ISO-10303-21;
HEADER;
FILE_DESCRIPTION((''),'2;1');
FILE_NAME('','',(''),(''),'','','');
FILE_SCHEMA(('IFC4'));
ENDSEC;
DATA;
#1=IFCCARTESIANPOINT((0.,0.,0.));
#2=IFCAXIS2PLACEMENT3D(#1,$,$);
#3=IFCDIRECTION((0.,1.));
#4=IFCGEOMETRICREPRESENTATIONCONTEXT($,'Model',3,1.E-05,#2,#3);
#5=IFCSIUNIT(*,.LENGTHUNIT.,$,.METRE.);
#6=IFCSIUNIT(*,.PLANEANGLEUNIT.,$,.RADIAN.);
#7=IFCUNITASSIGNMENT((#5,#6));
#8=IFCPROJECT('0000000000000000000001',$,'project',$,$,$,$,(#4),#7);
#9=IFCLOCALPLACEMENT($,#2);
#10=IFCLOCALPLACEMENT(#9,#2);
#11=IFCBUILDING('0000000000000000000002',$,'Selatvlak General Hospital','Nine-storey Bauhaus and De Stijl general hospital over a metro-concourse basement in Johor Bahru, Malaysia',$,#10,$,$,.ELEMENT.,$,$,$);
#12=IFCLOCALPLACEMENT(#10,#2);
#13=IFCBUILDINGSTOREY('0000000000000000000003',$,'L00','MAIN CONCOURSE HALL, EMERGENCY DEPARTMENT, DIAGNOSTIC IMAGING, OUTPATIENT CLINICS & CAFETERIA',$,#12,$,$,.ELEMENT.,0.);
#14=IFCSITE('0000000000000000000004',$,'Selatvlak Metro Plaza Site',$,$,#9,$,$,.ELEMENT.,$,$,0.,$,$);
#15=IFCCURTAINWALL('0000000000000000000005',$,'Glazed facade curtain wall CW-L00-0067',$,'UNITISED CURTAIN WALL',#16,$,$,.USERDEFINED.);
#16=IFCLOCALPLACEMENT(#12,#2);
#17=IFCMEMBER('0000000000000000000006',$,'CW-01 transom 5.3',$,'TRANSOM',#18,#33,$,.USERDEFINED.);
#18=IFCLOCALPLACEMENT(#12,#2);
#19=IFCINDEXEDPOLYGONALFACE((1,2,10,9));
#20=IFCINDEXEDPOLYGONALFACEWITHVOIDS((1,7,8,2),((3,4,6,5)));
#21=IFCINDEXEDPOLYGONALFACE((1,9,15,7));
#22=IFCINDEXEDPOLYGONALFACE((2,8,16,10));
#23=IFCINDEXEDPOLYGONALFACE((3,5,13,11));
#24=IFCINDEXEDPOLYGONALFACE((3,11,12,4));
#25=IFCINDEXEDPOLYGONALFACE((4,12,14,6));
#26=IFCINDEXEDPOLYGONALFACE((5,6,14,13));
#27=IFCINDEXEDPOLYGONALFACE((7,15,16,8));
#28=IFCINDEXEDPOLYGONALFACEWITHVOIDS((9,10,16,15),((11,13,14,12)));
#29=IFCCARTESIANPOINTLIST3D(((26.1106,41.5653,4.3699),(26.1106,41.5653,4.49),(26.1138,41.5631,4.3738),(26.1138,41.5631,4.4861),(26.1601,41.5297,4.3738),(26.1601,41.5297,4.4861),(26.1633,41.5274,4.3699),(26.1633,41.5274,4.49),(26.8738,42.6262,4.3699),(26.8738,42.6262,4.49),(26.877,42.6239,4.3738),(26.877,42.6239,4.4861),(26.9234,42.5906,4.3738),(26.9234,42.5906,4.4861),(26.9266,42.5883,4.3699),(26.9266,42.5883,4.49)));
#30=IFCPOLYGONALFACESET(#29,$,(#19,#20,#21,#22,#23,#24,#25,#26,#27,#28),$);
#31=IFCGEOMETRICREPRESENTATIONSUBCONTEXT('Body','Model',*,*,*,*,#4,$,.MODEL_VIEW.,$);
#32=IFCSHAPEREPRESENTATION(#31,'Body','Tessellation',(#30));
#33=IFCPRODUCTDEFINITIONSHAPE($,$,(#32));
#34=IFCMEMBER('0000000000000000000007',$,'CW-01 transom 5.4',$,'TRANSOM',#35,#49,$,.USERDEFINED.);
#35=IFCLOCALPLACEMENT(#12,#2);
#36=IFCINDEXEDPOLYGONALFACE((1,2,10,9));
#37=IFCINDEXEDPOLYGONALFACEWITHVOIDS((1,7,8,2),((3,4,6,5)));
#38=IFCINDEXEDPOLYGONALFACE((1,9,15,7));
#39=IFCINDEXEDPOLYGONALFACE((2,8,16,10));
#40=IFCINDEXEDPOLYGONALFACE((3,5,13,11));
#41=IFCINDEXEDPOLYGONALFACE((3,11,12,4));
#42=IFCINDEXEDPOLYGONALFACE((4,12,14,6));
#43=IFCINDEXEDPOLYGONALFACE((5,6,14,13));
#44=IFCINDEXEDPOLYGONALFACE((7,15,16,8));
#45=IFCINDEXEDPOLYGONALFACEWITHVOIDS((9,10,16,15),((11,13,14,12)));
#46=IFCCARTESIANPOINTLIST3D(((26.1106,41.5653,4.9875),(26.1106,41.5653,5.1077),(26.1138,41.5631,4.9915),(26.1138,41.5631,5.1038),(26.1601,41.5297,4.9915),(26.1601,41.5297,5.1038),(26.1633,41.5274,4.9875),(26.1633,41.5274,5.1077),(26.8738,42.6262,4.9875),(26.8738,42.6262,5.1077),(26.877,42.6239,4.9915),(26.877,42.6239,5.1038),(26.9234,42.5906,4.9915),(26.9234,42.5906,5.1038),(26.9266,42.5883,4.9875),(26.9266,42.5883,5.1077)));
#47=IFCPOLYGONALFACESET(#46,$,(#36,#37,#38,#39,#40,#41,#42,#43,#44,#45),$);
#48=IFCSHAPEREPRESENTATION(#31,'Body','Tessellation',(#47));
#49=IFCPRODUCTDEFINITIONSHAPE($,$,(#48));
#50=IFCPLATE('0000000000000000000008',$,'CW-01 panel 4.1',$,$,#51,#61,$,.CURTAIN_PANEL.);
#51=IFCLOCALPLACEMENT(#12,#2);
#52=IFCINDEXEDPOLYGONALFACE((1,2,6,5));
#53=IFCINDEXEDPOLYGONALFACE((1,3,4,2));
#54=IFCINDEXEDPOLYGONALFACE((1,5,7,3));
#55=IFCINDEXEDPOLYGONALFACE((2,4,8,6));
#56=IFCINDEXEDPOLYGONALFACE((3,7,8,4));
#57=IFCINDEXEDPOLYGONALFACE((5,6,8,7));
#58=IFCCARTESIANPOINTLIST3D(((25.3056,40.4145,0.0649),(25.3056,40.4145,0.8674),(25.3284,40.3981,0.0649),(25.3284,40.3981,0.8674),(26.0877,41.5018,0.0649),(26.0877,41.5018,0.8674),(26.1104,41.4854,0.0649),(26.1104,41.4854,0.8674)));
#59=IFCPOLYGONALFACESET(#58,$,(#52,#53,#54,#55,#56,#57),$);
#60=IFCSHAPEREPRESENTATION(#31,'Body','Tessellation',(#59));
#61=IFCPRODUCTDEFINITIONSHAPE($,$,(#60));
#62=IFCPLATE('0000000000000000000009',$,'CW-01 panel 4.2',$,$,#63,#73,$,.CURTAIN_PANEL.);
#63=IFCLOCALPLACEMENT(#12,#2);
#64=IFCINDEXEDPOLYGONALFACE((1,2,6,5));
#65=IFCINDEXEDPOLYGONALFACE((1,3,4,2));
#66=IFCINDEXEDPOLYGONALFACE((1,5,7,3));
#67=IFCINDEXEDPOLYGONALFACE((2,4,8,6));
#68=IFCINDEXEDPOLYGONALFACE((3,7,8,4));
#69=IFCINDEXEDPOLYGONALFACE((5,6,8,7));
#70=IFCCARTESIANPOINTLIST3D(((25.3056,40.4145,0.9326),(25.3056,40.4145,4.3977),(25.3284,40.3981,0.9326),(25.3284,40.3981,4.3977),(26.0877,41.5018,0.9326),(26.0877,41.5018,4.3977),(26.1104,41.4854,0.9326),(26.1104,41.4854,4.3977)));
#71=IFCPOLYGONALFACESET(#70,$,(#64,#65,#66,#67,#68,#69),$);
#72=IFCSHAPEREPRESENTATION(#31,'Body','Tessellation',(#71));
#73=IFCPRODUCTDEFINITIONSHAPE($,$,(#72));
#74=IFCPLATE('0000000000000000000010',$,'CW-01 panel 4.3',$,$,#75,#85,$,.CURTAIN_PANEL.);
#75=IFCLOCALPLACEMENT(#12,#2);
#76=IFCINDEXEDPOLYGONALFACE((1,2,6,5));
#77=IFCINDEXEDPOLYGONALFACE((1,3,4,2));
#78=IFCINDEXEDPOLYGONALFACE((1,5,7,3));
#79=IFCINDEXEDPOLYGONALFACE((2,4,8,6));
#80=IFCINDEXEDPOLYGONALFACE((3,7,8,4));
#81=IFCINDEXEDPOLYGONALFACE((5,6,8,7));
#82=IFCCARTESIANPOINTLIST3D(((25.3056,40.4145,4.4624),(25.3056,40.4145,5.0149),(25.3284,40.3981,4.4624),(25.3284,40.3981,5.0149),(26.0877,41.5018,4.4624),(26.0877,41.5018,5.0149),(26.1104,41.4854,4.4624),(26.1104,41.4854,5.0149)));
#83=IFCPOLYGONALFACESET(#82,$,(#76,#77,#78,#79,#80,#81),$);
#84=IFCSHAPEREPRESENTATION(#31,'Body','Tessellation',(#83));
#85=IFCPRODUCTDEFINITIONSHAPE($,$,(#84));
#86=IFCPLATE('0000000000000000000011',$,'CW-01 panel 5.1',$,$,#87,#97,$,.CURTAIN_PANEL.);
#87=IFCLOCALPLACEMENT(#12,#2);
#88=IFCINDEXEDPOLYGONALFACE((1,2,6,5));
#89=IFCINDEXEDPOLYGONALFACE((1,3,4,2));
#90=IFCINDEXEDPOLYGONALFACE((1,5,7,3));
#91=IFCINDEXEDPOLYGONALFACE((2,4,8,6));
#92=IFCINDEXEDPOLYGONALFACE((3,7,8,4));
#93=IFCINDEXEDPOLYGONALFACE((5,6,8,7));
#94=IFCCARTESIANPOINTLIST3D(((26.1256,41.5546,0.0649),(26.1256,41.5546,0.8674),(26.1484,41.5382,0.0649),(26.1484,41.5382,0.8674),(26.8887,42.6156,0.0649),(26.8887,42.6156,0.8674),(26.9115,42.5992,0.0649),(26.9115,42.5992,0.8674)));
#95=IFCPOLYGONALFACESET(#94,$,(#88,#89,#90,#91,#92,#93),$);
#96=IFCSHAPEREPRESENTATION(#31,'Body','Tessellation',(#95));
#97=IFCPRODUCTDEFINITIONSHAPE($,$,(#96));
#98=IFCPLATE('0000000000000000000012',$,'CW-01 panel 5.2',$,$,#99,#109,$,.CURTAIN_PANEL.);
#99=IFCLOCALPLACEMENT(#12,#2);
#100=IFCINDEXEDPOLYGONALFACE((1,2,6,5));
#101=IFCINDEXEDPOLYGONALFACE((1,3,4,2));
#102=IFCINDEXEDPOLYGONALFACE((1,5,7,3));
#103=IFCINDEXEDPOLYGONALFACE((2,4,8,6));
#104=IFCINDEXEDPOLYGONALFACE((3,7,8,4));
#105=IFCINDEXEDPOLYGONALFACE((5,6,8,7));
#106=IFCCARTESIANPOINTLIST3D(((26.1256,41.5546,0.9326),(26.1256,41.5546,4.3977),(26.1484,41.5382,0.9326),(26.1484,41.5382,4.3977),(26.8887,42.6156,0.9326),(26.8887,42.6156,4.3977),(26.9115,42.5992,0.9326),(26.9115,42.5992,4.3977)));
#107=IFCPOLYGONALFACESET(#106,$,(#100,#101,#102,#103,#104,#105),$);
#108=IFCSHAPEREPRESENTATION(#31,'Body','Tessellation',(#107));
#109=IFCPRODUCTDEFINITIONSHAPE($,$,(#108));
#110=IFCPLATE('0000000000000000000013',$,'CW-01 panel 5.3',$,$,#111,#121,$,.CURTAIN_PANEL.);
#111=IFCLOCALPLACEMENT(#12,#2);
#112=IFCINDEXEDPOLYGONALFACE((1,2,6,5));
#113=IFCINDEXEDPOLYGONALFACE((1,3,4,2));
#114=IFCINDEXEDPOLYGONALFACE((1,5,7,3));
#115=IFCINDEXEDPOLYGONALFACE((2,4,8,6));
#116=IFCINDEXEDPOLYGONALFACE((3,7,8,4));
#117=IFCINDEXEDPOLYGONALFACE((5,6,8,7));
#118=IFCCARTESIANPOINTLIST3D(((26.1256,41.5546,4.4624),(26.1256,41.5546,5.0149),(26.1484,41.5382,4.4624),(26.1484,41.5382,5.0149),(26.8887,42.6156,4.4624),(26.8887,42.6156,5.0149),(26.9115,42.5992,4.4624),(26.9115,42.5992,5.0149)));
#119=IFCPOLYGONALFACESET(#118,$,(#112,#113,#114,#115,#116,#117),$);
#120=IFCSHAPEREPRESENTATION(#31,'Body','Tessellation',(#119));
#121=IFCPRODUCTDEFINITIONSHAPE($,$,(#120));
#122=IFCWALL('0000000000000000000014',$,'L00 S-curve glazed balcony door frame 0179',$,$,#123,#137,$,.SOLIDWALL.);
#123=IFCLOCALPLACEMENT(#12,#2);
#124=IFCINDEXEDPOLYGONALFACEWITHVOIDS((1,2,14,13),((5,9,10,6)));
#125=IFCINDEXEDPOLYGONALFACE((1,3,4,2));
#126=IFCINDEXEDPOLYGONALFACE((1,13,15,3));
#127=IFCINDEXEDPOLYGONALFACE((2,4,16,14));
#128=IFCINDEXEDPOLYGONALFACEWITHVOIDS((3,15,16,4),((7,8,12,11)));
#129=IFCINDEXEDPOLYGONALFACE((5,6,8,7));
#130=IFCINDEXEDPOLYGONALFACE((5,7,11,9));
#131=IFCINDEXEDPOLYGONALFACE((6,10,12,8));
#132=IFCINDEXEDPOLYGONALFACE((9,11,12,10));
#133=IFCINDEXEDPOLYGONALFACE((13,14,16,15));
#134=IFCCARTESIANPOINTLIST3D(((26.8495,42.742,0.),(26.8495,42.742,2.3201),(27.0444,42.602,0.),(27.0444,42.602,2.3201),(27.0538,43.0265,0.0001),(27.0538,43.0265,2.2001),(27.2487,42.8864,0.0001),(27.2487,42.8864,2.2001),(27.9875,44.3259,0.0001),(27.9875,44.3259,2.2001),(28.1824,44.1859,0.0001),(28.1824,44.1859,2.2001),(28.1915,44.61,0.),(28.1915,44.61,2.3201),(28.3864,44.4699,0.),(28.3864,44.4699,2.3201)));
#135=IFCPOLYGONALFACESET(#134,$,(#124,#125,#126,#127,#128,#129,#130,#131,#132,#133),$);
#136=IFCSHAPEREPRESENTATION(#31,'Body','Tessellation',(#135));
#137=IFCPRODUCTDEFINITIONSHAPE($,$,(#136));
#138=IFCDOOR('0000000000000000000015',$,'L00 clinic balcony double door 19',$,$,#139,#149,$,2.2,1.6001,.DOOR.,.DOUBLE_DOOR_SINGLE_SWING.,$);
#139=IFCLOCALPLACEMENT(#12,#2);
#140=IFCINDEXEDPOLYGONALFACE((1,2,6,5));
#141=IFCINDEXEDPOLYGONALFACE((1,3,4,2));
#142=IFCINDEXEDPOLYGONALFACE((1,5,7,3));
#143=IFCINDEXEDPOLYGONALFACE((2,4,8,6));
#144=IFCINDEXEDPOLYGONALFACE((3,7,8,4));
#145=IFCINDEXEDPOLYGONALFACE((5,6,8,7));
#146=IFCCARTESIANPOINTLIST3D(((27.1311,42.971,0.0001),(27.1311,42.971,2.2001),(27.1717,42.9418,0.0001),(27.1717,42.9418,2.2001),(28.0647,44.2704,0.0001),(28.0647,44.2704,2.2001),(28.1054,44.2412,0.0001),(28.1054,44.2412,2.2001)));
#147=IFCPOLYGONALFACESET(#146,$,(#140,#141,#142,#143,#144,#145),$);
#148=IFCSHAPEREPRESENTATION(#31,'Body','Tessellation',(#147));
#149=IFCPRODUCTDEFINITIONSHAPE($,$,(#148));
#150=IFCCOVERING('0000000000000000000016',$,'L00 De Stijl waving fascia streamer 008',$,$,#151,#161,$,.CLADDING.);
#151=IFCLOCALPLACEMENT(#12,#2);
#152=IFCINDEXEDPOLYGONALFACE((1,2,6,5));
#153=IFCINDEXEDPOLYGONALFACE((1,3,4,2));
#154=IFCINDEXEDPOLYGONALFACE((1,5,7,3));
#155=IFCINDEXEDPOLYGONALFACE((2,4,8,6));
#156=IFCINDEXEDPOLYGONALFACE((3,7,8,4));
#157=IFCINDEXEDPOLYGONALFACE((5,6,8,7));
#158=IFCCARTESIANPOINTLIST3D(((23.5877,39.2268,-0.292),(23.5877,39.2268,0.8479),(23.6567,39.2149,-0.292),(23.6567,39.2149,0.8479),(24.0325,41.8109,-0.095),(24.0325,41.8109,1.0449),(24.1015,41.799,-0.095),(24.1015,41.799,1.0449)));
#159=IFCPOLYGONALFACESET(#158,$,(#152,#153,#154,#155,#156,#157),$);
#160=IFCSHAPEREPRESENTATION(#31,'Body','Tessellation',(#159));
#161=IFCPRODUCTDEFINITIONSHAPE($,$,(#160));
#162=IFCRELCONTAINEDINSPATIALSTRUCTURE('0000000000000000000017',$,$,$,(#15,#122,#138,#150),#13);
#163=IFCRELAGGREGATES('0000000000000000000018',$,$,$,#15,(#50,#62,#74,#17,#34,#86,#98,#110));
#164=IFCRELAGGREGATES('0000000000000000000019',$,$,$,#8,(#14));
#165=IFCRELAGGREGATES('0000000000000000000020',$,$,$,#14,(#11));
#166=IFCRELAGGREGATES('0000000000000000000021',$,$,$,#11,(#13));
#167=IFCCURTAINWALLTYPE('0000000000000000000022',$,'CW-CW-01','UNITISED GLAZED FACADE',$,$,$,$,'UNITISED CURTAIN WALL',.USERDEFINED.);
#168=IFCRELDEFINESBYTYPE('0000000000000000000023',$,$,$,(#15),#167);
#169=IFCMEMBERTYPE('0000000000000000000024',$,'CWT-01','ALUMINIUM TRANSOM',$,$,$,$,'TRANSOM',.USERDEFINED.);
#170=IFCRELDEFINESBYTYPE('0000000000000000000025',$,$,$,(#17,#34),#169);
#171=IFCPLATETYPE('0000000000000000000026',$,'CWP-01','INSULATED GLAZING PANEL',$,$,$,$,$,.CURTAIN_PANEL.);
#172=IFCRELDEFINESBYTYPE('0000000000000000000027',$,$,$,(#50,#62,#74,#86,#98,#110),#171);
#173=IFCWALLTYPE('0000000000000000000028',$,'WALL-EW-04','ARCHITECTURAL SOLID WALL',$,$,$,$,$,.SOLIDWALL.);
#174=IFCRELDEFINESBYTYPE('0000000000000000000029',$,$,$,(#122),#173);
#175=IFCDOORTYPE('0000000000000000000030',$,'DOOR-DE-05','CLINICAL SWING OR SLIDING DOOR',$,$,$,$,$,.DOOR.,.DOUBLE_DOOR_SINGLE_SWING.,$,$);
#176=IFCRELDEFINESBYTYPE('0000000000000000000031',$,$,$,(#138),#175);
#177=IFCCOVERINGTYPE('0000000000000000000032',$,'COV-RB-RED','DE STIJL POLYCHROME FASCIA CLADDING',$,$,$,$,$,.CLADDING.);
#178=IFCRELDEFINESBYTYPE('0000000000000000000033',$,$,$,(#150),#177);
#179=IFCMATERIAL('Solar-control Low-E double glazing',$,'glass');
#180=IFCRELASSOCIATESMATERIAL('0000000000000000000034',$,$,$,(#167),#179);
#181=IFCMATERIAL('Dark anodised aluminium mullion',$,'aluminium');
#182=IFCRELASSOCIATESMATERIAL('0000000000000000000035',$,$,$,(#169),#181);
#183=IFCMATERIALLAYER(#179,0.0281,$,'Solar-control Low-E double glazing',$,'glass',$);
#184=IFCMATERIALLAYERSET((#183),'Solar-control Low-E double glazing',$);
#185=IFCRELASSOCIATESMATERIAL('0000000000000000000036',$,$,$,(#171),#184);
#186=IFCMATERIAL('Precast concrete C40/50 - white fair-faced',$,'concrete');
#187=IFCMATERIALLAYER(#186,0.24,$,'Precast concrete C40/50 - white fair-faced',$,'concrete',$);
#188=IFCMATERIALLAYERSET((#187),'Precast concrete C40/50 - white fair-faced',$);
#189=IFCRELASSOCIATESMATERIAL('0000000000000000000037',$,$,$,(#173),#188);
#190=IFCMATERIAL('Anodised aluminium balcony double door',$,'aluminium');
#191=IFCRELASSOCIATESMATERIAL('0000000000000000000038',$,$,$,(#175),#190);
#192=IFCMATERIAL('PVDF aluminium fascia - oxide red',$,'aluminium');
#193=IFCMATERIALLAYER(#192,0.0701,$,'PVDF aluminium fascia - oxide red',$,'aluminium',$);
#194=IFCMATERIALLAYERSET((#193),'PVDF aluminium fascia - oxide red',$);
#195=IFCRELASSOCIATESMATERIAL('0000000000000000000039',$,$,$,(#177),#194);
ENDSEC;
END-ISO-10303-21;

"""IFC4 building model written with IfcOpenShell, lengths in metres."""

from ifc_helpers import new_model, si_unit, direction, frame, frame_2d, origin, origin_2d, place, context, subcontext, project, spatial, polyline, rectangle, hollow_rectangle, outline, extrude, material, layer, layer_set, material_profile, profile_set, type_object, element, fill, aggregate, save


model = new_model("IFC4")

# Units and contexts
model_context = context("Model", 3, precision=1e-05, world=origin(), true_north=direction((0.0, 1.0)))
body_context = subcontext(model_context, "Body", "Model", "MODEL_VIEW")
ifc_project = project(units=[si_unit("LENGTHUNIT", "METRE"), si_unit("PLANEANGLEUNIT", "RADIAN")], contexts=[model_context])

# Site, building, storey
site_placement = place(None, origin())
site = spatial("IfcSite", under=ifc_project, at=site_placement, Name="Selatvlak Metro Plaza Site", CompositionType="ELEMENT", RefElevation=0.0)
building_placement = place(site_placement, origin())
building = spatial("IfcBuilding", under=site, at=building_placement, Name="Selatvlak General Hospital", Description="Nine-storey Bauhaus and De Stijl general hospital over a metro-concourse basement in Johor Bahru, Malaysia", CompositionType="ELEMENT")
storey_placement = place(building_placement, origin())
storey = spatial("IfcBuildingStorey", under=building, at=storey_placement, Name="L00", Description="MAIN CONCOURSE HALL, EMERGENCY DEPARTMENT, DIAGNOSTIC IMAGING, OUTPATIENT CLINICS & CAFETERIA", CompositionType="ELEMENT", Elevation=0.0)

# Shared definitions
ifc_material_1 = material(Name="Solar-control Low-E double glazing", Category="glass")
ifc_material_2 = material(Name="Dark anodised aluminium mullion", Category="aluminium")

# Curtain wall
curtain_wall_type_1 = type_object("IfcCurtainWallType", Name="CW-CW-01", Description="UNITISED GLAZED FACADE", ElementType="UNITISED CURTAIN WALL", PredefinedType="USERDEFINED", material=ifc_material_1)
curtain_wall_1_placement = place(storey_placement, origin())
curtain_wall_1 = element("IfcCurtainWall", 1, at=curtain_wall_1_placement, inside=storey, type_object=curtain_wall_type_1, Name="Glazed facade curtain wall CW-L00-0067", ObjectType="UNITISED CURTAIN WALL", PredefinedType="USERDEFINED")

# Members
ifc_material_profile_1 = material_profile(ifc_material_2, hollow_rectangle(XDim=0.0649, YDim=0.1201, WallThickness=0.0039, at=origin_2d()), Name="AL-TRN 65x120x4")
ifc_profile_set_1 = profile_set([ifc_material_profile_1], Name="Dark anodised aluminium mullion")
member_type_1 = type_object("IfcMemberType", Name="CWT-01", Description="ALUMINIUM TRANSOM", ElementType="TRANSOM", PredefinedType="USERDEFINED", material=ifc_profile_set_1)
member_1_placement = place(storey_placement, frame((26.137, 41.5464, 4.4299), z_axis=(0.584009, 0.811747, 0.0), x_axis=(-0.811747, 0.584009, 0.0)))
member_1 = element("IfcMember", 2, at=member_1_placement, type_object=member_type_1, Name="CW-01 transom 5.3", ObjectType="TRANSOM", PredefinedType="USERDEFINED", context=body_context, shape_type="SweptSolid", body=[
    extrude(hollow_rectangle(XDim=0.0649, YDim=0.1201, WallThickness=0.0039, at=origin_2d()), origin(), (0.0, 0.0, 1.0), 1.3069),
])
member_2_placement = place(storey_placement, frame((26.137, 41.5464, 5.0476), z_axis=(0.584009, 0.811747, 0.0), x_axis=(-0.811747, 0.584009, 0.0)))
member_2 = element("IfcMember", 3, at=member_2_placement, type_object=member_type_1, Name="CW-01 transom 5.4", ObjectType="TRANSOM", PredefinedType="USERDEFINED", context=body_context, shape_type="SweptSolid", body=[
    extrude(hollow_rectangle(XDim=0.0649, YDim=0.1201, WallThickness=0.0039, at=origin_2d()), origin(), (0.0, 0.0, 1.0), 1.3069),
])

# Plates
ifc_layer_1 = layer(ifc_material_1, 0.0281, Name="Solar-control Low-E double glazing", Category="glass")
ifc_layer_set_1 = layer_set([ifc_layer_1], Name="Solar-control Low-E double glazing")
plate_type = type_object("IfcPlateType", Name="CWP-01", Description="INSULATED GLAZING PANEL", PredefinedType="CURTAIN_PANEL", material=ifc_layer_set_1)
plate_1_placement = place(storey_placement, frame((25.708, 40.95, 0.0649), z_axis=(0.0, 0.0, 1.0), x_axis=(0.583929, 0.811804, 0.0)))
plate_1 = element("IfcPlate", 4, at=plate_1_placement, type_object=plate_type, Name="CW-01 panel 4.1", PredefinedType="CURTAIN_PANEL", context=body_context, shape_type="SweptSolid", body=[
    extrude(rectangle(XDim=1.3394, YDim=0.0281, at=origin_2d()), origin(), (0.0, 0.0, 1.0), 0.8025),
])
plate_2_placement = place(storey_placement, frame((25.708, 40.95, 0.9326), z_axis=(0.0, 0.0, 1.0), x_axis=(0.583929, 0.811804, 0.0)))
plate_2 = element("IfcPlate", 5, at=plate_2_placement, type_object=plate_type, Name="CW-01 panel 4.2", PredefinedType="CURTAIN_PANEL", context=body_context, shape_type="SweptSolid", body=[
    extrude(rectangle(XDim=1.3394, YDim=0.0281, at=origin_2d()), origin(), (0.0, 0.0, 1.0), 3.4651),
])
plate_3_placement = place(storey_placement, frame((25.708, 40.95, 4.4624), z_axis=(0.0, 0.0, 1.0), x_axis=(0.583929, 0.811804, 0.0)))
plate_3 = element("IfcPlate", 6, at=plate_3_placement, type_object=plate_type, Name="CW-01 panel 4.3", PredefinedType="CURTAIN_PANEL", context=body_context, shape_type="SweptSolid", body=[
    extrude(rectangle(XDim=1.3394, YDim=0.0281, at=origin_2d()), origin(), (0.0, 0.0, 1.0), 0.5525),
])
plate_4_placement = place(storey_placement, frame((26.5186, 42.0769, 0.0649), z_axis=(0.0, 0.0, 1.0), x_axis=(0.583929, 0.811804, 0.0)))
plate_4 = element("IfcPlate", 7, at=plate_4_placement, type_object=plate_type, Name="CW-01 panel 5.1", PredefinedType="CURTAIN_PANEL", context=body_context, shape_type="SweptSolid", body=[
    extrude(rectangle(XDim=1.3069, YDim=0.0281, at=origin_2d()), origin(), (0.0, 0.0, 1.0), 0.8025),
])
plate_5_placement = place(storey_placement, frame((26.5186, 42.0769, 0.9326), z_axis=(0.0, 0.0, 1.0), x_axis=(0.583929, 0.811804, 0.0)))
plate_5 = element("IfcPlate", 8, at=plate_5_placement, type_object=plate_type, Name="CW-01 panel 5.2", PredefinedType="CURTAIN_PANEL", context=body_context, shape_type="SweptSolid", body=[
    extrude(rectangle(XDim=1.3069, YDim=0.0281, at=origin_2d()), origin(), (0.0, 0.0, 1.0), 3.4651),
])
plate_6_placement = place(storey_placement, frame((26.5186, 42.0769, 4.4624), z_axis=(0.0, 0.0, 1.0), x_axis=(0.583929, 0.811804, 0.0)))
plate_6 = element("IfcPlate", 9, at=plate_6_placement, type_object=plate_type, Name="CW-01 panel 5.3", PredefinedType="CURTAIN_PANEL", context=body_context, shape_type="SweptSolid", body=[
    extrude(rectangle(XDim=1.3069, YDim=0.0281, at=origin_2d()), origin(), (0.0, 0.0, 1.0), 0.5525),
])
aggregate(curtain_wall_1, [plate_1, plate_2, plate_3, member_1, member_2, plate_4, plate_5, plate_6])

# Wall, opening, door
ifc_material_3 = material(Name="Precast concrete C40/50 - white fair-faced", Category="concrete")
ifc_layer_2 = layer(ifc_material_3, 0.24, Name="Precast concrete C40/50 - white fair-faced", Category="concrete")
ifc_layer_set_2 = layer_set([ifc_layer_2], Name="Precast concrete C40/50 - white fair-faced")
wall_type = type_object("IfcWallType", Name="WALL-EW-04", Description="ARCHITECTURAL SOLID WALL", PredefinedType="SOLIDWALL", material=ifc_layer_set_2)
wall_placement = place(storey_placement, frame((26.947, 42.6721, 0.0), z_axis=(0.0, 0.0, 1.0), x_axis=(0.583485, 0.812124, 0.0)))
wall = element("IfcWall", 10, at=wall_placement, inside=storey, type_object=wall_type, Name="L00 S-curve glazed balcony door frame 0179", PredefinedType="SOLIDWALL", context=body_context, shape_type="SweptSolid", body=[
    extrude(rectangle(XDim=2.3, YDim=0.24, at=frame_2d((1.1499, 0.0))), origin(), (0.0, 0.0, 1.0), 2.3201),
])
opening_placement = place(wall_placement, frame((0.3501, 0.0, 0.0)))
opening = element("IfcOpeningElement", 11, at=opening_placement, cuts=wall, PredefinedType="OPENING", context=body_context, shape_type="SweptSolid", body=[
    extrude(rectangle(XDim=1.6001, YDim=2.2, at=frame_2d((0.8, 1.1001))), frame((0.0, 0.1299, 0.0), z_axis=(0.0, -1.0, 0.0), x_axis=(1.0, 0.0, 0.0)), (0.0, 0.0, 1.0), 0.26),
])
ifc_material_4 = material(Name="Anodised aluminium balcony double door", Category="aluminium")
door_type = type_object("IfcDoorType", Name="DOOR-DE-05", Description="CLINICAL SWING OR SLIDING DOOR", OperationType="DOUBLE_DOOR_SINGLE_SWING", PredefinedType="DOOR", material=ifc_material_4)
door_placement = place(opening_placement, origin())
door = element("IfcDoor", 12, at=door_placement, inside=storey, type_object=door_type, Name="L00 clinic balcony double door 19", OperationType="DOUBLE_DOOR_SINGLE_SWING", OverallHeight=2.2, OverallWidth=1.6001, PredefinedType="DOOR", context=body_context, shape_type="SweptSolid", body=[
    extrude(rectangle(XDim=1.6001, YDim=2.2, at=frame_2d((0.8, 1.1001))), frame((0.0, 0.0249, 0.0), z_axis=(0.0, -1.0, 0.0), x_axis=(1.0, 0.0, 0.0)), (0.0, 0.0, 1.0), 0.05),
])
fill(opening, door)

# Covering
ifc_material_5 = material(Name="PVDF aluminium fascia - oxide red", Category="aluminium")
ifc_layer_3 = layer(ifc_material_5, 0.0701, Name="PVDF aluminium fascia - oxide red", Category="aluminium")
ifc_layer_set_3 = layer_set([ifc_layer_3], Name="PVDF aluminium fascia - oxide red")
covering_type = type_object("IfcCoveringType", Name="COV-RB-RED", Description="DE STIJL POLYCHROME FASCIA CLADDING", PredefinedType="CLADDING", material=ifc_layer_set_3)
covering_placement = place(storey_placement, frame((24.0669, 41.8049, -0.095), z_axis=(0.0, 0.0, 1.0), x_axis=(-0.169651, -0.985504, 0.0)))
element("IfcCovering", 13, at=covering_placement, inside=storey, type_object=covering_type, Name="L00 De Stijl waving fascia streamer 008", PredefinedType="CLADDING", context=body_context, shape_type="SweptSolid", body=[
    extrude(outline(polyline([(0.0, 0.0), (2.6221, -0.197), (2.6221, 0.9429), (0.0, 1.1399), (0.0, 0.0)])), frame((0.0, 0.0352, 0.0), z_axis=(0.0, -1.0, 0.0), x_axis=(1.0, 0.0, 0.0)), (0.0, 0.0, 1.0), 0.0701),
])

save(model, "model.ifc")
